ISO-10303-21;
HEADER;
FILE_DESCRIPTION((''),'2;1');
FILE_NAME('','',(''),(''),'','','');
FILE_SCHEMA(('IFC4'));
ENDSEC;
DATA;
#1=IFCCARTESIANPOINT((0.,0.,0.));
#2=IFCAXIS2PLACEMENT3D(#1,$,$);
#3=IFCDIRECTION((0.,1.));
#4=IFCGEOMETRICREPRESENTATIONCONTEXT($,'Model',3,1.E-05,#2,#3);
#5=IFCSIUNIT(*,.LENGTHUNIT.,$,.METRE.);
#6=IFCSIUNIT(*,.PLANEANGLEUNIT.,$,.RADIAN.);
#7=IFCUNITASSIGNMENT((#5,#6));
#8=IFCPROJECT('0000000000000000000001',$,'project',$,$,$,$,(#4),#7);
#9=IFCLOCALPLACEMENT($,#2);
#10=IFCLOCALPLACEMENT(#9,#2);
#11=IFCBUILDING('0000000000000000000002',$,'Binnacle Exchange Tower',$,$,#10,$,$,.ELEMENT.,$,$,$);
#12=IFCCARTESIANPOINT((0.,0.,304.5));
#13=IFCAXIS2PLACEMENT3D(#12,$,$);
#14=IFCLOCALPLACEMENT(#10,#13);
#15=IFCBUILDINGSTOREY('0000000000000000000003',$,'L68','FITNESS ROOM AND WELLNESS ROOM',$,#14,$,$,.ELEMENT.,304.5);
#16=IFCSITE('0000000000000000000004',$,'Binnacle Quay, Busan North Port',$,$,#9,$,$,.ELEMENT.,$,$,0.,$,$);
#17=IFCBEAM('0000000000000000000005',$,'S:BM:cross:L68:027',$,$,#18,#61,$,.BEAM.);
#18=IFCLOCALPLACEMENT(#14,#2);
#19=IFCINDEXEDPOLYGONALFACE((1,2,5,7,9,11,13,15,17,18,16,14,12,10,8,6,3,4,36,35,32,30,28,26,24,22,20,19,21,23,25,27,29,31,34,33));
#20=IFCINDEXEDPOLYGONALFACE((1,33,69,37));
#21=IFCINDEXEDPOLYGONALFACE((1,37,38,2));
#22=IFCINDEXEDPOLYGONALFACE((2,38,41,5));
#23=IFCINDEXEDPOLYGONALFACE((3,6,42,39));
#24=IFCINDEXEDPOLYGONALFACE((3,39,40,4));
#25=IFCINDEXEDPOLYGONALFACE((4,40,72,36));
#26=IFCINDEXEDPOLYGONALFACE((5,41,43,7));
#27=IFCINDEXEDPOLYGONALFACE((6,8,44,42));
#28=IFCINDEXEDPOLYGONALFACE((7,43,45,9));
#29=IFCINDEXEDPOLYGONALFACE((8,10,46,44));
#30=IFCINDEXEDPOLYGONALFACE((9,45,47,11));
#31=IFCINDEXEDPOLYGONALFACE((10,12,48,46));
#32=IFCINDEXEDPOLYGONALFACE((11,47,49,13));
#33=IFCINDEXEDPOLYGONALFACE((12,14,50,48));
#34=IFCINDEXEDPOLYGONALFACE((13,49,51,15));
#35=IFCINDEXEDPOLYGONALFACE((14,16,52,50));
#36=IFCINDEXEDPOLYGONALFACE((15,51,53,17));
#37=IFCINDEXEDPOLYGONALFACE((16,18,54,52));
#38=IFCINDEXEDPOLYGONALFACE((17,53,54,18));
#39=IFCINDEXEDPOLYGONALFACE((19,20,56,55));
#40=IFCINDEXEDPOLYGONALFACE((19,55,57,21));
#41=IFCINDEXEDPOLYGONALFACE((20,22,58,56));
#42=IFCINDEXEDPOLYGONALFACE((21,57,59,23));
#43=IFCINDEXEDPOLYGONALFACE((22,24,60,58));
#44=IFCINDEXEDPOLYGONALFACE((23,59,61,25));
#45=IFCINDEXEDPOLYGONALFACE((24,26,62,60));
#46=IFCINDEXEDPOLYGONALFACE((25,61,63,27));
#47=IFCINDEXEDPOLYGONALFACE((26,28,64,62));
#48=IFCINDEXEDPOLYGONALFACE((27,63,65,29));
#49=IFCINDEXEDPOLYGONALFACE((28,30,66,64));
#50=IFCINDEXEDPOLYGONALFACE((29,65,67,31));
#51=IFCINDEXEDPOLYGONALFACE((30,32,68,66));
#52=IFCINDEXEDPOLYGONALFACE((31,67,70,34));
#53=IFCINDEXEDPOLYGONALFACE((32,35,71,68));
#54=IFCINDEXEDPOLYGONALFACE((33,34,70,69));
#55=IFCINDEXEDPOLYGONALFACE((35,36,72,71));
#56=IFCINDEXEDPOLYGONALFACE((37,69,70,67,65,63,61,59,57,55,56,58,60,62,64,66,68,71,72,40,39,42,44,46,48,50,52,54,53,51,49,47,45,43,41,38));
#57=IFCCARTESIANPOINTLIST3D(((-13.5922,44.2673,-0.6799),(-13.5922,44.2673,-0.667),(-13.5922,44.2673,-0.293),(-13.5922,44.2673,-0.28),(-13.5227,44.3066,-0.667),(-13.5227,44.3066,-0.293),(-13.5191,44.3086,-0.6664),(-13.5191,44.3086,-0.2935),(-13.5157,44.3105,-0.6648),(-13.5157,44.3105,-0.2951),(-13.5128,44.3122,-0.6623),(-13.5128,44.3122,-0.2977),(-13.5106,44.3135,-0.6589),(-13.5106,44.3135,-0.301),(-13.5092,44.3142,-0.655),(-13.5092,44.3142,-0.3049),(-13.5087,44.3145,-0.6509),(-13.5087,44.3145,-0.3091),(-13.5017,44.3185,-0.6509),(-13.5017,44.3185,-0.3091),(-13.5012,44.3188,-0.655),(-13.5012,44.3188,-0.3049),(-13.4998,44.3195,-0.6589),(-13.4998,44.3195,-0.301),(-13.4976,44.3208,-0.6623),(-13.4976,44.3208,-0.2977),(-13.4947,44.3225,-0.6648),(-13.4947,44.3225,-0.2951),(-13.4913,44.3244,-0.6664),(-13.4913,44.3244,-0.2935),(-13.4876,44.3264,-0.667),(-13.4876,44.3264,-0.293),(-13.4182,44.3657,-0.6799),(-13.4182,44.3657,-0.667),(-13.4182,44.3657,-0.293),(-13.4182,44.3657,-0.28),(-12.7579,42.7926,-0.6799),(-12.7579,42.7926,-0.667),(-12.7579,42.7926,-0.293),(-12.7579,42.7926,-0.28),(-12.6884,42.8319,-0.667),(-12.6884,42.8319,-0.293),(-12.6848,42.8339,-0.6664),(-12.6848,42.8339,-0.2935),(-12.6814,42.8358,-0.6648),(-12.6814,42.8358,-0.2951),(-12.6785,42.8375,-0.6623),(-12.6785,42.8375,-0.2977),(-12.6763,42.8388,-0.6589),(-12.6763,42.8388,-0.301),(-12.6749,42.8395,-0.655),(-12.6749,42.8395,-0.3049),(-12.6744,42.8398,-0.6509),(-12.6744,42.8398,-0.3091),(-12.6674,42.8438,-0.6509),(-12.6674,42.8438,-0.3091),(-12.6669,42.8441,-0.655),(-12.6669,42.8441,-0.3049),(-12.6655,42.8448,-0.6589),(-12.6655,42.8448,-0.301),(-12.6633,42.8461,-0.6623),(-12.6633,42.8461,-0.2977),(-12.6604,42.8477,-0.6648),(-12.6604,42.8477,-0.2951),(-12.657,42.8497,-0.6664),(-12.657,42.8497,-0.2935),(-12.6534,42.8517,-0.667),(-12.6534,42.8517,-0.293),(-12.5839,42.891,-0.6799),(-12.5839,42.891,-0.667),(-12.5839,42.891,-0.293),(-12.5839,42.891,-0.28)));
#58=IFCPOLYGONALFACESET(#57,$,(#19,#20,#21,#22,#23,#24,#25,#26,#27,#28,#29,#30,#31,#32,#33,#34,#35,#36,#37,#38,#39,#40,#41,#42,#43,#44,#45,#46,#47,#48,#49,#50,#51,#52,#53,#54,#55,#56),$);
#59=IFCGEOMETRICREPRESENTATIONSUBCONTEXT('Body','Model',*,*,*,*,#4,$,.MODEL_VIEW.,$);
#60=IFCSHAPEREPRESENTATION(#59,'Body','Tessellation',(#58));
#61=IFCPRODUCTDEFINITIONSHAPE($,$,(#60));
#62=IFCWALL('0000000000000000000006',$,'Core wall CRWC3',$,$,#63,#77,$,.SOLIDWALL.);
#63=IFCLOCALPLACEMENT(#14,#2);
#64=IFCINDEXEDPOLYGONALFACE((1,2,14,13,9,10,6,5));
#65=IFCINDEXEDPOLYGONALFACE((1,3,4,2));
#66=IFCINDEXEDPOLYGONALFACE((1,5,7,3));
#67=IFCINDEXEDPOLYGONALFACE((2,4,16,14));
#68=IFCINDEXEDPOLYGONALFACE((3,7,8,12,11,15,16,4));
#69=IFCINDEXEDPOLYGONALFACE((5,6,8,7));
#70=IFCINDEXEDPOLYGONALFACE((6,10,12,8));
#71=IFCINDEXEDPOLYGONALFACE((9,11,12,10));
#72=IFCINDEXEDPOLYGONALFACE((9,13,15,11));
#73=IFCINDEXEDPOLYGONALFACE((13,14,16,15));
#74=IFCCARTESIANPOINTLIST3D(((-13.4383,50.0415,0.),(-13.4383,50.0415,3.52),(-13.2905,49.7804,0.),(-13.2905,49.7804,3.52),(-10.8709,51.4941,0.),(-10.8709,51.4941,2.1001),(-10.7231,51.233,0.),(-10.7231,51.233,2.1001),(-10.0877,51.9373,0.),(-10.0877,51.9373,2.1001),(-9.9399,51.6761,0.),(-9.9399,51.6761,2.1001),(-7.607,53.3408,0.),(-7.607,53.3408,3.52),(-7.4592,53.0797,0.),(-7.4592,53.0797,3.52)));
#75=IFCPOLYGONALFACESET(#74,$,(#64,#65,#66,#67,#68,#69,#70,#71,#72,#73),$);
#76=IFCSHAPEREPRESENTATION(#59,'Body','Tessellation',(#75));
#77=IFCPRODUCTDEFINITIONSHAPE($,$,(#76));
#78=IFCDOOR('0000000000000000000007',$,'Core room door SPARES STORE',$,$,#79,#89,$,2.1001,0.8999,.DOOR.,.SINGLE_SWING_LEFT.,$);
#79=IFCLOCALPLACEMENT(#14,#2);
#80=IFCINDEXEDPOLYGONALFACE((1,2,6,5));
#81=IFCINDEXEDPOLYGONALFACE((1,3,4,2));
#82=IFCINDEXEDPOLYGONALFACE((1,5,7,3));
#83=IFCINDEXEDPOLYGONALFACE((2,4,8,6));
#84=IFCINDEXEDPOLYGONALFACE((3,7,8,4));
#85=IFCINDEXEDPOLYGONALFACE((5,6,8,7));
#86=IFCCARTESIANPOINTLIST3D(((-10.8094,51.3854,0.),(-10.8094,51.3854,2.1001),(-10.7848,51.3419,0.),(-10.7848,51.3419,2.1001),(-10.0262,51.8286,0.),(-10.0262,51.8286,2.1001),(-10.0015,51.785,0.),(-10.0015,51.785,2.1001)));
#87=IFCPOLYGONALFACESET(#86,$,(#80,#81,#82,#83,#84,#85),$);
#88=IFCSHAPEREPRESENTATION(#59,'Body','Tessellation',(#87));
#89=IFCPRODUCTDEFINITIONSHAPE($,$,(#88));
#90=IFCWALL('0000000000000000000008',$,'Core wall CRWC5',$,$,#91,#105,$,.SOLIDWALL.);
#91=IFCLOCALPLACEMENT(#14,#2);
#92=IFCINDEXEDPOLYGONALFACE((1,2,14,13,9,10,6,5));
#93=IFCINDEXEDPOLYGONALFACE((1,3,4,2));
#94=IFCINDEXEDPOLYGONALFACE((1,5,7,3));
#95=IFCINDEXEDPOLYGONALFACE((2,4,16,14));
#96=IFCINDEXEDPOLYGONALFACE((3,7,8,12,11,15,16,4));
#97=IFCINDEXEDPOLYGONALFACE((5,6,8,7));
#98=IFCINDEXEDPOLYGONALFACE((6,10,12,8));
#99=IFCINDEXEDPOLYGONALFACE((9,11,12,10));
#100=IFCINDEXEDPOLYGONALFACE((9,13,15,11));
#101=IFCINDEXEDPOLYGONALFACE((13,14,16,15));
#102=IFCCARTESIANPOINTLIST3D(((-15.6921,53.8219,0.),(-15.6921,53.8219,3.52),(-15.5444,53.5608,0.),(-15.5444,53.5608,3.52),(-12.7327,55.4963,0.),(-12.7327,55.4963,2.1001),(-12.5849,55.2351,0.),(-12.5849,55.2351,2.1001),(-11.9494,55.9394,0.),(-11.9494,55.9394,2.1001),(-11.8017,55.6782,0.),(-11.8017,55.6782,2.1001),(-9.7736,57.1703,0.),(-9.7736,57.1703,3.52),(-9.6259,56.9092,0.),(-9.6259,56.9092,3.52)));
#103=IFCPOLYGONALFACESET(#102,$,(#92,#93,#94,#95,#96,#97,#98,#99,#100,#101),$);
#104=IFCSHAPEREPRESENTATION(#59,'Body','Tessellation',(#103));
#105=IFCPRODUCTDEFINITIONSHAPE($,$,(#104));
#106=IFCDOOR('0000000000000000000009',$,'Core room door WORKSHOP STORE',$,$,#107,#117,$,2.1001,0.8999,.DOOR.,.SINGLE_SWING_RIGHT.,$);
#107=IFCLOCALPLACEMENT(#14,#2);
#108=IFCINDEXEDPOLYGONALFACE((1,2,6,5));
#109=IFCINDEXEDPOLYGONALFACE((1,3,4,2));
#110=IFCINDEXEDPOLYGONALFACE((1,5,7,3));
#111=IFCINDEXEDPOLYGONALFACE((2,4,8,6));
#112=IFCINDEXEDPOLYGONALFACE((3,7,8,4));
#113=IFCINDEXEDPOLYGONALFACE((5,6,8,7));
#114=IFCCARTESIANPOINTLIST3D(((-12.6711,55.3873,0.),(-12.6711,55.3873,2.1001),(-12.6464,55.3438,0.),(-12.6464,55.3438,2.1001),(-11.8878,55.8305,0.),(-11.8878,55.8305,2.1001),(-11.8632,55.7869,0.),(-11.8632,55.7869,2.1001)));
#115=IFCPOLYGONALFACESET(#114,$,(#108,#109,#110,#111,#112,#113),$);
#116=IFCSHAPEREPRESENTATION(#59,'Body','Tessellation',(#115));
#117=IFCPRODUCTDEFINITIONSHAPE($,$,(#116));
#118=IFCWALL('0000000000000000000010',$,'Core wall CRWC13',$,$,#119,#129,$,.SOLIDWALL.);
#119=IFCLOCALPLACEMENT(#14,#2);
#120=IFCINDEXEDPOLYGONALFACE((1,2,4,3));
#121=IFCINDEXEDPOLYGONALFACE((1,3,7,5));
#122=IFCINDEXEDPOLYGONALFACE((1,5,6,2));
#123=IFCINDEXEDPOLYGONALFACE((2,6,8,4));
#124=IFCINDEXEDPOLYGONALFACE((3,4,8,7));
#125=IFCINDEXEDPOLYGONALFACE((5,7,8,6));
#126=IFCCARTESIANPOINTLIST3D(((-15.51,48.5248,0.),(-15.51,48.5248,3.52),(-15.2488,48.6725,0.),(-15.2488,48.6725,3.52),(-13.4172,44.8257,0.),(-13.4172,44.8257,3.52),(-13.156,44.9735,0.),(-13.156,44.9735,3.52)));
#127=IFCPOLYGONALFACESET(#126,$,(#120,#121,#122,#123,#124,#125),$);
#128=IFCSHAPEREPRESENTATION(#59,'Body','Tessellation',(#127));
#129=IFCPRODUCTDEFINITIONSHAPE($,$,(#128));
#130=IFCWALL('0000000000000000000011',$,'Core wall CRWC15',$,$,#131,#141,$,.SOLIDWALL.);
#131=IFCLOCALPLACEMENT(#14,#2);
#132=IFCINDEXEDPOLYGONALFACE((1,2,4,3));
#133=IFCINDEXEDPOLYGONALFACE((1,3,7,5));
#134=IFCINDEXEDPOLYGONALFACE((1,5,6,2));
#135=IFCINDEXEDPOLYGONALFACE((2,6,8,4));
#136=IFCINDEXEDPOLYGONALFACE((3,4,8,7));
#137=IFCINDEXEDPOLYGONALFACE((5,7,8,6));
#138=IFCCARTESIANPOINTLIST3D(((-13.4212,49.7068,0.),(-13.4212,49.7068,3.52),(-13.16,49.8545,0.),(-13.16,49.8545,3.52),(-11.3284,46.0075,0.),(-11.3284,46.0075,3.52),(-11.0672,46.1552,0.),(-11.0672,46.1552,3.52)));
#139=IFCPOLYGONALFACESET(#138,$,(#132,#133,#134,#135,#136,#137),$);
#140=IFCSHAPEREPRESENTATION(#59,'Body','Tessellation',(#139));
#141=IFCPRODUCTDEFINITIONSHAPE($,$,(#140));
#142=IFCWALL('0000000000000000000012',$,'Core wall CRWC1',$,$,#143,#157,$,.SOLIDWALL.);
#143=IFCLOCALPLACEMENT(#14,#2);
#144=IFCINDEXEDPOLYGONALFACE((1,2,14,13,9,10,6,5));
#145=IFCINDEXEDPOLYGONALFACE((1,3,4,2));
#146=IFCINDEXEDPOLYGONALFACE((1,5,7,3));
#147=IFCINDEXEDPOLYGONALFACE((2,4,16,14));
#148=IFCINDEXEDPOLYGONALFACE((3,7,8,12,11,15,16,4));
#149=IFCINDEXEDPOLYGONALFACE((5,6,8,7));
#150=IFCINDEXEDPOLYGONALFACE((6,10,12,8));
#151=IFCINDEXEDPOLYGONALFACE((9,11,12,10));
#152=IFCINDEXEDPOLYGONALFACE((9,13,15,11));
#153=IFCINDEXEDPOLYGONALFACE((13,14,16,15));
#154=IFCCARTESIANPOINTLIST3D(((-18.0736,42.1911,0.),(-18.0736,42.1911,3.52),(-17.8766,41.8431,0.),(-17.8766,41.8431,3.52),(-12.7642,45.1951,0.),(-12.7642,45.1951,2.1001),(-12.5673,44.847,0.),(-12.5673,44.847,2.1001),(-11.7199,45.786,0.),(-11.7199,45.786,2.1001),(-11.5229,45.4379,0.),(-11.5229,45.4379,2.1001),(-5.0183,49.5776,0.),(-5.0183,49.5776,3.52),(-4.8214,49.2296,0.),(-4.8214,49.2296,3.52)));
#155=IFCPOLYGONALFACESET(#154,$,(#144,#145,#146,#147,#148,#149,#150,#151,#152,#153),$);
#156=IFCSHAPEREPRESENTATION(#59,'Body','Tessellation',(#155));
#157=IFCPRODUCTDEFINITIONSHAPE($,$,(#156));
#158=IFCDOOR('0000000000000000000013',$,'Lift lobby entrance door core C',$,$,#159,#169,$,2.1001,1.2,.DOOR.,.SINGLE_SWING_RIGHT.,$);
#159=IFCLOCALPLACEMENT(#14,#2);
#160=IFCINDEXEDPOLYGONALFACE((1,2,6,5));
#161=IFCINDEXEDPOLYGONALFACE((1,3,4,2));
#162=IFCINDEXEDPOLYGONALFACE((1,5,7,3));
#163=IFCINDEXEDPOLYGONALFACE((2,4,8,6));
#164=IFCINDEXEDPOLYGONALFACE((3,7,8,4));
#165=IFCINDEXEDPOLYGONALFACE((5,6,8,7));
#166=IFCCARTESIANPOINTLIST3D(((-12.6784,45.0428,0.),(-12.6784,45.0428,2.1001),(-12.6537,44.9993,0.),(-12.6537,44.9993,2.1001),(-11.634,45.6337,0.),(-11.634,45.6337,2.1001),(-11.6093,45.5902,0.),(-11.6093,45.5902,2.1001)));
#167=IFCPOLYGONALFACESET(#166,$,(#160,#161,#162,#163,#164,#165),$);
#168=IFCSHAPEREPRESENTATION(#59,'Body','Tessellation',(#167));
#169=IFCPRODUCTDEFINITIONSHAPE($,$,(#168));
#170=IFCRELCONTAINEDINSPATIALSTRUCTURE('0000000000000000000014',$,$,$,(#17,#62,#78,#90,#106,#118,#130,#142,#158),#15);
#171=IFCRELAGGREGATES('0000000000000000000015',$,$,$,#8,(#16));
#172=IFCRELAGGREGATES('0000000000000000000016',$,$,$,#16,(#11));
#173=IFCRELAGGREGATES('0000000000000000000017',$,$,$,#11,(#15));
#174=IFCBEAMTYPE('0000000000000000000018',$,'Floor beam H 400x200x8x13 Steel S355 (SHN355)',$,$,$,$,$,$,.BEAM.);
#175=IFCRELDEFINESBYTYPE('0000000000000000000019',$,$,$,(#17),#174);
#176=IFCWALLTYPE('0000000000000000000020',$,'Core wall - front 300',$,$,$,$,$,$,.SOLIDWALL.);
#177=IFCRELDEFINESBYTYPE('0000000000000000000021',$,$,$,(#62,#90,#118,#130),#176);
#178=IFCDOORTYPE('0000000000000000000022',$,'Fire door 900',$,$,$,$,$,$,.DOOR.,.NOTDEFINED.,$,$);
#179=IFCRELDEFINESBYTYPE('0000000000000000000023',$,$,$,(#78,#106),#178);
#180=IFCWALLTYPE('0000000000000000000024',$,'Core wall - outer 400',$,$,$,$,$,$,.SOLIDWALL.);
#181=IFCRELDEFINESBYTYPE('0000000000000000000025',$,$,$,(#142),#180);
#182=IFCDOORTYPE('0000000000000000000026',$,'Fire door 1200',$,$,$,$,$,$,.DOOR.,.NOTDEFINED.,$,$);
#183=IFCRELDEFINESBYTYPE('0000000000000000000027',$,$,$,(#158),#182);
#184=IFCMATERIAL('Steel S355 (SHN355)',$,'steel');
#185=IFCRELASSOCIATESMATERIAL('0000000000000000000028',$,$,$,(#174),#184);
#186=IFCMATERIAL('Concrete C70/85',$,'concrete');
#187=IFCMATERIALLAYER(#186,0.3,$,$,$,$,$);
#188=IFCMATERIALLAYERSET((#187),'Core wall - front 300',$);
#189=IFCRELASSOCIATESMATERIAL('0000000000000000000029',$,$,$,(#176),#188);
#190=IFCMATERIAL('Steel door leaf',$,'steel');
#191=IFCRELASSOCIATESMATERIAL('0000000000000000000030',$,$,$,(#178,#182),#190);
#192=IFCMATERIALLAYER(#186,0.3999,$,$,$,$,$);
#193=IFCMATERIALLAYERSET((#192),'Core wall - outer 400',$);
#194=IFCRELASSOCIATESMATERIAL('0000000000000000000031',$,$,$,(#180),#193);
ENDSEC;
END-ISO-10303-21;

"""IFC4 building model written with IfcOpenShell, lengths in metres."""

from ifc_helpers import new_model, si_unit, direction, frame, frame_2d, origin, origin_2d, place, context, subcontext, project, spatial, rectangle, i_section, extrude, material, layer, layer_set, material_profile, profile_set, type_object, element, fill, save


model = new_model("IFC4")

# Units and contexts
model_context = context("Model", 3, precision=1e-05, world=origin(), true_north=direction((0.0, 1.0)))
body_context = subcontext(model_context, "Body", "Model", "MODEL_VIEW")
ifc_project = project(units=[si_unit("LENGTHUNIT", "METRE"), si_unit("PLANEANGLEUNIT", "RADIAN")], contexts=[model_context])

# Site, building, storey
site_placement = place(None, origin())
site = spatial("IfcSite", under=ifc_project, at=site_placement, Name="Binnacle Quay, Busan North Port", CompositionType="ELEMENT", RefElevation=0.0)
building_placement = place(site_placement, origin())
building = spatial("IfcBuilding", under=site, at=building_placement, Name="Binnacle Exchange Tower", CompositionType="ELEMENT")
storey_placement = place(building_placement, frame((0.0, 0.0, 304.5)))
storey = spatial("IfcBuildingStorey", under=building, at=storey_placement, Name="L68", Description="FITNESS ROOM AND WELLNESS ROOM", CompositionType="ELEMENT", Elevation=304.5)

# Beam
ifc_material_1 = material(Name="Steel S355 (SHN355)", Category="steel")
ifc_material_profile = material_profile(ifc_material_1, i_section(OverallWidth=0.2, OverallDepth=0.3999, WebThickness=0.0081, FlangeThickness=0.0129, FilletRadius=0.0161, at=origin_2d()), Name="H 400x200x8x13")
ifc_profile_set = profile_set([ifc_material_profile], Name="Steel S355 (SHN355)")
beam_type = type_object("IfcBeamType", Name="Floor beam H 400x200x8x13 Steel S355 (SHN355)", PredefinedType="BEAM", material=ifc_profile_set)
beam_placement = place(storey_placement, frame((-12.6709, 42.8418, -0.48), z_axis=(-0.492394, 0.870372, 0.0), x_axis=(-0.870372, -0.492394, 0.0)))
element("IfcBeam", 1, at=beam_placement, inside=storey, type_object=beam_type, Name="S:BM:cross:L68:027", PredefinedType="BEAM", context=body_context, shape_type="SweptSolid", body=[
    extrude(i_section(OverallWidth=0.2, OverallDepth=0.3999, WebThickness=0.0081, FlangeThickness=0.0129, FilletRadius=0.0161, at=origin_2d()), origin(), (0.0, 0.0, 1.0), 1.6943),
])

# Walls, openings, doors
ifc_material_2 = material(Name="Concrete C70/85", Category="concrete")
ifc_layer_1 = layer(ifc_material_2, 0.3)
ifc_layer_set_1 = layer_set([ifc_layer_1], Name="Core wall - front 300")
wall_type_1 = type_object("IfcWallType", Name="Core wall - front 300", PredefinedType="SOLIDWALL", material=ifc_layer_set_1)
wall_1_placement = place(storey_placement, frame((-13.3645, 49.9109, 0.0), z_axis=(0.0, 0.0, 1.0), x_axis=(0.870348, 0.492438, 0.0)))
wall_1 = element("IfcWall", 2, at=wall_1_placement, inside=storey, type_object=wall_type_1, Name="Core wall CRWC3", PredefinedType="SOLIDWALL", context=body_context, shape_type="SweptSolid", body=[
    extrude(rectangle(XDim=6.7, YDim=0.3, at=frame_2d((3.3501, 0.0))), origin(), (0.0, 0.0, 1.0), 3.52),
])
opening_1_placement = place(wall_1_placement, frame((2.95, 0.0, 0.0)))
opening_1 = element("IfcOpeningElement", 3, at=opening_1_placement, cuts=wall_1, PredefinedType="OPENING", context=body_context, shape_type="SweptSolid", body=[
    extrude(rectangle(XDim=0.8999, YDim=2.1001, at=frame_2d((0.45, 1.05))), frame((0.0, 0.1599, 0.0), z_axis=(0.0, -1.0, 0.0), x_axis=(1.0, 0.0, 0.0)), (0.0, 0.0, 1.0), 0.3201),
])
ifc_material_3 = material(Name="Steel door leaf", Category="steel")
door_type_1 = type_object("IfcDoorType", Name="Fire door 900", OperationType="NOTDEFINED", PredefinedType="DOOR", material=ifc_material_3)
door_1_placement = place(opening_1_placement, frame((0.8999, 0.0, 0.0), z_axis=(0.0, 0.0, 1.0), x_axis=(-1.0, 0.0, 0.0)))
door_1 = element("IfcDoor", 4, at=door_1_placement, inside=storey, type_object=door_type_1, Name="Core room door SPARES STORE", OperationType="SINGLE_SWING_LEFT", OverallHeight=2.1001, OverallWidth=0.8999, PredefinedType="DOOR", context=body_context, shape_type="SweptSolid", body=[
    extrude(rectangle(XDim=0.8999, YDim=2.1001, at=frame_2d((0.45, 1.05))), frame((0.0, 0.0249, 0.0), z_axis=(0.0, -1.0, 0.0), x_axis=(1.0, 0.0, 0.0)), (0.0, 0.0, 1.0), 0.05),
])
fill(opening_1, door_1)
wall_2_placement = place(storey_placement, frame((-15.6182, 53.6914, 0.0), z_axis=(0.0, 0.0, 1.0), x_axis=(0.870363, 0.492411, 0.0)))
wall_2 = element("IfcWall", 5, at=wall_2_placement, inside=storey, type_object=wall_type_1, Name="Core wall CRWC5", PredefinedType="SOLIDWALL", context=body_context, shape_type="SweptSolid", body=[
    extrude(rectangle(XDim=6.8, YDim=0.3, at=frame_2d((3.3999, 0.0))), origin(), (0.0, 0.0, 1.0), 3.52),
])
opening_2_placement = place(wall_2_placement, frame((3.4001, 0.0, 0.0)))
opening_2 = element("IfcOpeningElement", 6, at=opening_2_placement, cuts=wall_2, PredefinedType="OPENING", context=body_context, shape_type="SweptSolid", body=[
    extrude(rectangle(XDim=0.8999, YDim=2.1001, at=frame_2d((0.45, 1.05))), frame((0.0, 0.1599, 0.0), z_axis=(0.0, -1.0, 0.0), x_axis=(1.0, 0.0, 0.0)), (0.0, 0.0, 1.0), 0.3201),
])
door_2_placement = place(opening_2_placement, origin())
door_2 = element("IfcDoor", 7, at=door_2_placement, inside=storey, type_object=door_type_1, Name="Core room door WORKSHOP STORE", OperationType="SINGLE_SWING_RIGHT", OverallHeight=2.1001, OverallWidth=0.8999, PredefinedType="DOOR", context=body_context, shape_type="SweptSolid", body=[
    extrude(rectangle(XDim=0.8999, YDim=2.1001, at=frame_2d((0.45, 1.05))), frame((0.0, 0.0249, 0.0), z_axis=(0.0, -1.0, 0.0), x_axis=(1.0, 0.0, 0.0)), (0.0, 0.0, 1.0), 0.05),
])
fill(opening_2, door_2)

# Walls
wall_3_placement = place(storey_placement, frame((-15.3794, 48.5986, 0.0), z_axis=(0.0, 0.0, 1.0), x_axis=(0.492423, -0.870356, 0.0)))
element("IfcWall", 8, at=wall_3_placement, inside=storey, type_object=wall_type_1, Name="Core wall CRWC13", PredefinedType="SOLIDWALL", context=body_context, shape_type="SweptSolid", body=[
    extrude(rectangle(XDim=4.25, YDim=0.3, at=frame_2d((2.125, 0.0))), origin(), (0.0, 0.0, 1.0), 3.52),
])
wall_4_placement = place(storey_placement, frame((-13.2905, 49.7805, 0.0), z_axis=(0.0, 0.0, 1.0), x_axis=(0.492398, -0.87037, 0.0)))
element("IfcWall", 9, at=wall_4_placement, inside=storey, type_object=wall_type_1, Name="Core wall CRWC15", PredefinedType="SOLIDWALL", context=body_context, shape_type="SweptSolid", body=[
    extrude(rectangle(XDim=4.2502, YDim=0.3, at=frame_2d((2.125, 0.0))), origin(), (0.0, 0.0, 1.0), 3.52),
])

# Wall, opening, door
ifc_layer_2 = layer(ifc_material_2, 0.3999)
ifc_layer_set_2 = layer_set([ifc_layer_2], Name="Core wall - outer 400")
wall_type_2 = type_object("IfcWallType", Name="Core wall - outer 400", PredefinedType="SOLIDWALL", material=ifc_layer_set_2)
wall_5_placement = place(storey_placement, frame((-17.9751, 42.0171, 0.0), z_axis=(0.0, 0.0, 1.0), x_axis=(0.87035, 0.492434, 0.0)))
wall_5 = element("IfcWall", 10, at=wall_5_placement, inside=storey, type_object=wall_type_2, Name="Core wall CRWC1", PredefinedType="SOLIDWALL", context=body_context, shape_type="SweptSolid", body=[
    extrude(rectangle(XDim=15.0, YDim=0.3999, at=frame_2d((7.5, 0.0))), origin(), (0.0, 0.0, 1.0), 3.52),
])
opening_3_placement = place(wall_5_placement, frame((6.1001, 0.0, 0.0)))
opening_3 = element("IfcOpeningElement", 11, at=opening_3_placement, cuts=wall_5, PredefinedType="OPENING", context=body_context, shape_type="SweptSolid", body=[
    extrude(rectangle(XDim=1.2, YDim=2.1001, at=frame_2d((0.6001, 1.05))), frame((0.0, 0.21, 0.0), z_axis=(0.0, -1.0, 0.0), x_axis=(1.0, 0.0, 0.0)), (0.0, 0.0, 1.0), 0.4199),
])
door_type_2 = type_object("IfcDoorType", Name="Fire door 1200", OperationType="NOTDEFINED", PredefinedType="DOOR", material=ifc_material_3)
door_3_placement = place(opening_3_placement, frame((1.2, 0.0, 0.0), z_axis=(0.0, 0.0, 1.0), x_axis=(-1.0, 0.0, 0.0)))
door_3 = element("IfcDoor", 12, at=door_3_placement, inside=storey, type_object=door_type_2, Name="Lift lobby entrance door core C", OperationType="SINGLE_SWING_RIGHT", OverallHeight=2.1001, OverallWidth=1.2, PredefinedType="DOOR", context=body_context, shape_type="SweptSolid", body=[
    extrude(rectangle(XDim=1.2, YDim=2.1001, at=frame_2d((0.6001, 1.05))), frame((0.0, 0.0249, 0.0), z_axis=(0.0, -1.0, 0.0), x_axis=(1.0, 0.0, 0.0)), (0.0, 0.0, 1.0), 0.05),
])
fill(opening_3, door_3)

save(model, "model.ifc")
